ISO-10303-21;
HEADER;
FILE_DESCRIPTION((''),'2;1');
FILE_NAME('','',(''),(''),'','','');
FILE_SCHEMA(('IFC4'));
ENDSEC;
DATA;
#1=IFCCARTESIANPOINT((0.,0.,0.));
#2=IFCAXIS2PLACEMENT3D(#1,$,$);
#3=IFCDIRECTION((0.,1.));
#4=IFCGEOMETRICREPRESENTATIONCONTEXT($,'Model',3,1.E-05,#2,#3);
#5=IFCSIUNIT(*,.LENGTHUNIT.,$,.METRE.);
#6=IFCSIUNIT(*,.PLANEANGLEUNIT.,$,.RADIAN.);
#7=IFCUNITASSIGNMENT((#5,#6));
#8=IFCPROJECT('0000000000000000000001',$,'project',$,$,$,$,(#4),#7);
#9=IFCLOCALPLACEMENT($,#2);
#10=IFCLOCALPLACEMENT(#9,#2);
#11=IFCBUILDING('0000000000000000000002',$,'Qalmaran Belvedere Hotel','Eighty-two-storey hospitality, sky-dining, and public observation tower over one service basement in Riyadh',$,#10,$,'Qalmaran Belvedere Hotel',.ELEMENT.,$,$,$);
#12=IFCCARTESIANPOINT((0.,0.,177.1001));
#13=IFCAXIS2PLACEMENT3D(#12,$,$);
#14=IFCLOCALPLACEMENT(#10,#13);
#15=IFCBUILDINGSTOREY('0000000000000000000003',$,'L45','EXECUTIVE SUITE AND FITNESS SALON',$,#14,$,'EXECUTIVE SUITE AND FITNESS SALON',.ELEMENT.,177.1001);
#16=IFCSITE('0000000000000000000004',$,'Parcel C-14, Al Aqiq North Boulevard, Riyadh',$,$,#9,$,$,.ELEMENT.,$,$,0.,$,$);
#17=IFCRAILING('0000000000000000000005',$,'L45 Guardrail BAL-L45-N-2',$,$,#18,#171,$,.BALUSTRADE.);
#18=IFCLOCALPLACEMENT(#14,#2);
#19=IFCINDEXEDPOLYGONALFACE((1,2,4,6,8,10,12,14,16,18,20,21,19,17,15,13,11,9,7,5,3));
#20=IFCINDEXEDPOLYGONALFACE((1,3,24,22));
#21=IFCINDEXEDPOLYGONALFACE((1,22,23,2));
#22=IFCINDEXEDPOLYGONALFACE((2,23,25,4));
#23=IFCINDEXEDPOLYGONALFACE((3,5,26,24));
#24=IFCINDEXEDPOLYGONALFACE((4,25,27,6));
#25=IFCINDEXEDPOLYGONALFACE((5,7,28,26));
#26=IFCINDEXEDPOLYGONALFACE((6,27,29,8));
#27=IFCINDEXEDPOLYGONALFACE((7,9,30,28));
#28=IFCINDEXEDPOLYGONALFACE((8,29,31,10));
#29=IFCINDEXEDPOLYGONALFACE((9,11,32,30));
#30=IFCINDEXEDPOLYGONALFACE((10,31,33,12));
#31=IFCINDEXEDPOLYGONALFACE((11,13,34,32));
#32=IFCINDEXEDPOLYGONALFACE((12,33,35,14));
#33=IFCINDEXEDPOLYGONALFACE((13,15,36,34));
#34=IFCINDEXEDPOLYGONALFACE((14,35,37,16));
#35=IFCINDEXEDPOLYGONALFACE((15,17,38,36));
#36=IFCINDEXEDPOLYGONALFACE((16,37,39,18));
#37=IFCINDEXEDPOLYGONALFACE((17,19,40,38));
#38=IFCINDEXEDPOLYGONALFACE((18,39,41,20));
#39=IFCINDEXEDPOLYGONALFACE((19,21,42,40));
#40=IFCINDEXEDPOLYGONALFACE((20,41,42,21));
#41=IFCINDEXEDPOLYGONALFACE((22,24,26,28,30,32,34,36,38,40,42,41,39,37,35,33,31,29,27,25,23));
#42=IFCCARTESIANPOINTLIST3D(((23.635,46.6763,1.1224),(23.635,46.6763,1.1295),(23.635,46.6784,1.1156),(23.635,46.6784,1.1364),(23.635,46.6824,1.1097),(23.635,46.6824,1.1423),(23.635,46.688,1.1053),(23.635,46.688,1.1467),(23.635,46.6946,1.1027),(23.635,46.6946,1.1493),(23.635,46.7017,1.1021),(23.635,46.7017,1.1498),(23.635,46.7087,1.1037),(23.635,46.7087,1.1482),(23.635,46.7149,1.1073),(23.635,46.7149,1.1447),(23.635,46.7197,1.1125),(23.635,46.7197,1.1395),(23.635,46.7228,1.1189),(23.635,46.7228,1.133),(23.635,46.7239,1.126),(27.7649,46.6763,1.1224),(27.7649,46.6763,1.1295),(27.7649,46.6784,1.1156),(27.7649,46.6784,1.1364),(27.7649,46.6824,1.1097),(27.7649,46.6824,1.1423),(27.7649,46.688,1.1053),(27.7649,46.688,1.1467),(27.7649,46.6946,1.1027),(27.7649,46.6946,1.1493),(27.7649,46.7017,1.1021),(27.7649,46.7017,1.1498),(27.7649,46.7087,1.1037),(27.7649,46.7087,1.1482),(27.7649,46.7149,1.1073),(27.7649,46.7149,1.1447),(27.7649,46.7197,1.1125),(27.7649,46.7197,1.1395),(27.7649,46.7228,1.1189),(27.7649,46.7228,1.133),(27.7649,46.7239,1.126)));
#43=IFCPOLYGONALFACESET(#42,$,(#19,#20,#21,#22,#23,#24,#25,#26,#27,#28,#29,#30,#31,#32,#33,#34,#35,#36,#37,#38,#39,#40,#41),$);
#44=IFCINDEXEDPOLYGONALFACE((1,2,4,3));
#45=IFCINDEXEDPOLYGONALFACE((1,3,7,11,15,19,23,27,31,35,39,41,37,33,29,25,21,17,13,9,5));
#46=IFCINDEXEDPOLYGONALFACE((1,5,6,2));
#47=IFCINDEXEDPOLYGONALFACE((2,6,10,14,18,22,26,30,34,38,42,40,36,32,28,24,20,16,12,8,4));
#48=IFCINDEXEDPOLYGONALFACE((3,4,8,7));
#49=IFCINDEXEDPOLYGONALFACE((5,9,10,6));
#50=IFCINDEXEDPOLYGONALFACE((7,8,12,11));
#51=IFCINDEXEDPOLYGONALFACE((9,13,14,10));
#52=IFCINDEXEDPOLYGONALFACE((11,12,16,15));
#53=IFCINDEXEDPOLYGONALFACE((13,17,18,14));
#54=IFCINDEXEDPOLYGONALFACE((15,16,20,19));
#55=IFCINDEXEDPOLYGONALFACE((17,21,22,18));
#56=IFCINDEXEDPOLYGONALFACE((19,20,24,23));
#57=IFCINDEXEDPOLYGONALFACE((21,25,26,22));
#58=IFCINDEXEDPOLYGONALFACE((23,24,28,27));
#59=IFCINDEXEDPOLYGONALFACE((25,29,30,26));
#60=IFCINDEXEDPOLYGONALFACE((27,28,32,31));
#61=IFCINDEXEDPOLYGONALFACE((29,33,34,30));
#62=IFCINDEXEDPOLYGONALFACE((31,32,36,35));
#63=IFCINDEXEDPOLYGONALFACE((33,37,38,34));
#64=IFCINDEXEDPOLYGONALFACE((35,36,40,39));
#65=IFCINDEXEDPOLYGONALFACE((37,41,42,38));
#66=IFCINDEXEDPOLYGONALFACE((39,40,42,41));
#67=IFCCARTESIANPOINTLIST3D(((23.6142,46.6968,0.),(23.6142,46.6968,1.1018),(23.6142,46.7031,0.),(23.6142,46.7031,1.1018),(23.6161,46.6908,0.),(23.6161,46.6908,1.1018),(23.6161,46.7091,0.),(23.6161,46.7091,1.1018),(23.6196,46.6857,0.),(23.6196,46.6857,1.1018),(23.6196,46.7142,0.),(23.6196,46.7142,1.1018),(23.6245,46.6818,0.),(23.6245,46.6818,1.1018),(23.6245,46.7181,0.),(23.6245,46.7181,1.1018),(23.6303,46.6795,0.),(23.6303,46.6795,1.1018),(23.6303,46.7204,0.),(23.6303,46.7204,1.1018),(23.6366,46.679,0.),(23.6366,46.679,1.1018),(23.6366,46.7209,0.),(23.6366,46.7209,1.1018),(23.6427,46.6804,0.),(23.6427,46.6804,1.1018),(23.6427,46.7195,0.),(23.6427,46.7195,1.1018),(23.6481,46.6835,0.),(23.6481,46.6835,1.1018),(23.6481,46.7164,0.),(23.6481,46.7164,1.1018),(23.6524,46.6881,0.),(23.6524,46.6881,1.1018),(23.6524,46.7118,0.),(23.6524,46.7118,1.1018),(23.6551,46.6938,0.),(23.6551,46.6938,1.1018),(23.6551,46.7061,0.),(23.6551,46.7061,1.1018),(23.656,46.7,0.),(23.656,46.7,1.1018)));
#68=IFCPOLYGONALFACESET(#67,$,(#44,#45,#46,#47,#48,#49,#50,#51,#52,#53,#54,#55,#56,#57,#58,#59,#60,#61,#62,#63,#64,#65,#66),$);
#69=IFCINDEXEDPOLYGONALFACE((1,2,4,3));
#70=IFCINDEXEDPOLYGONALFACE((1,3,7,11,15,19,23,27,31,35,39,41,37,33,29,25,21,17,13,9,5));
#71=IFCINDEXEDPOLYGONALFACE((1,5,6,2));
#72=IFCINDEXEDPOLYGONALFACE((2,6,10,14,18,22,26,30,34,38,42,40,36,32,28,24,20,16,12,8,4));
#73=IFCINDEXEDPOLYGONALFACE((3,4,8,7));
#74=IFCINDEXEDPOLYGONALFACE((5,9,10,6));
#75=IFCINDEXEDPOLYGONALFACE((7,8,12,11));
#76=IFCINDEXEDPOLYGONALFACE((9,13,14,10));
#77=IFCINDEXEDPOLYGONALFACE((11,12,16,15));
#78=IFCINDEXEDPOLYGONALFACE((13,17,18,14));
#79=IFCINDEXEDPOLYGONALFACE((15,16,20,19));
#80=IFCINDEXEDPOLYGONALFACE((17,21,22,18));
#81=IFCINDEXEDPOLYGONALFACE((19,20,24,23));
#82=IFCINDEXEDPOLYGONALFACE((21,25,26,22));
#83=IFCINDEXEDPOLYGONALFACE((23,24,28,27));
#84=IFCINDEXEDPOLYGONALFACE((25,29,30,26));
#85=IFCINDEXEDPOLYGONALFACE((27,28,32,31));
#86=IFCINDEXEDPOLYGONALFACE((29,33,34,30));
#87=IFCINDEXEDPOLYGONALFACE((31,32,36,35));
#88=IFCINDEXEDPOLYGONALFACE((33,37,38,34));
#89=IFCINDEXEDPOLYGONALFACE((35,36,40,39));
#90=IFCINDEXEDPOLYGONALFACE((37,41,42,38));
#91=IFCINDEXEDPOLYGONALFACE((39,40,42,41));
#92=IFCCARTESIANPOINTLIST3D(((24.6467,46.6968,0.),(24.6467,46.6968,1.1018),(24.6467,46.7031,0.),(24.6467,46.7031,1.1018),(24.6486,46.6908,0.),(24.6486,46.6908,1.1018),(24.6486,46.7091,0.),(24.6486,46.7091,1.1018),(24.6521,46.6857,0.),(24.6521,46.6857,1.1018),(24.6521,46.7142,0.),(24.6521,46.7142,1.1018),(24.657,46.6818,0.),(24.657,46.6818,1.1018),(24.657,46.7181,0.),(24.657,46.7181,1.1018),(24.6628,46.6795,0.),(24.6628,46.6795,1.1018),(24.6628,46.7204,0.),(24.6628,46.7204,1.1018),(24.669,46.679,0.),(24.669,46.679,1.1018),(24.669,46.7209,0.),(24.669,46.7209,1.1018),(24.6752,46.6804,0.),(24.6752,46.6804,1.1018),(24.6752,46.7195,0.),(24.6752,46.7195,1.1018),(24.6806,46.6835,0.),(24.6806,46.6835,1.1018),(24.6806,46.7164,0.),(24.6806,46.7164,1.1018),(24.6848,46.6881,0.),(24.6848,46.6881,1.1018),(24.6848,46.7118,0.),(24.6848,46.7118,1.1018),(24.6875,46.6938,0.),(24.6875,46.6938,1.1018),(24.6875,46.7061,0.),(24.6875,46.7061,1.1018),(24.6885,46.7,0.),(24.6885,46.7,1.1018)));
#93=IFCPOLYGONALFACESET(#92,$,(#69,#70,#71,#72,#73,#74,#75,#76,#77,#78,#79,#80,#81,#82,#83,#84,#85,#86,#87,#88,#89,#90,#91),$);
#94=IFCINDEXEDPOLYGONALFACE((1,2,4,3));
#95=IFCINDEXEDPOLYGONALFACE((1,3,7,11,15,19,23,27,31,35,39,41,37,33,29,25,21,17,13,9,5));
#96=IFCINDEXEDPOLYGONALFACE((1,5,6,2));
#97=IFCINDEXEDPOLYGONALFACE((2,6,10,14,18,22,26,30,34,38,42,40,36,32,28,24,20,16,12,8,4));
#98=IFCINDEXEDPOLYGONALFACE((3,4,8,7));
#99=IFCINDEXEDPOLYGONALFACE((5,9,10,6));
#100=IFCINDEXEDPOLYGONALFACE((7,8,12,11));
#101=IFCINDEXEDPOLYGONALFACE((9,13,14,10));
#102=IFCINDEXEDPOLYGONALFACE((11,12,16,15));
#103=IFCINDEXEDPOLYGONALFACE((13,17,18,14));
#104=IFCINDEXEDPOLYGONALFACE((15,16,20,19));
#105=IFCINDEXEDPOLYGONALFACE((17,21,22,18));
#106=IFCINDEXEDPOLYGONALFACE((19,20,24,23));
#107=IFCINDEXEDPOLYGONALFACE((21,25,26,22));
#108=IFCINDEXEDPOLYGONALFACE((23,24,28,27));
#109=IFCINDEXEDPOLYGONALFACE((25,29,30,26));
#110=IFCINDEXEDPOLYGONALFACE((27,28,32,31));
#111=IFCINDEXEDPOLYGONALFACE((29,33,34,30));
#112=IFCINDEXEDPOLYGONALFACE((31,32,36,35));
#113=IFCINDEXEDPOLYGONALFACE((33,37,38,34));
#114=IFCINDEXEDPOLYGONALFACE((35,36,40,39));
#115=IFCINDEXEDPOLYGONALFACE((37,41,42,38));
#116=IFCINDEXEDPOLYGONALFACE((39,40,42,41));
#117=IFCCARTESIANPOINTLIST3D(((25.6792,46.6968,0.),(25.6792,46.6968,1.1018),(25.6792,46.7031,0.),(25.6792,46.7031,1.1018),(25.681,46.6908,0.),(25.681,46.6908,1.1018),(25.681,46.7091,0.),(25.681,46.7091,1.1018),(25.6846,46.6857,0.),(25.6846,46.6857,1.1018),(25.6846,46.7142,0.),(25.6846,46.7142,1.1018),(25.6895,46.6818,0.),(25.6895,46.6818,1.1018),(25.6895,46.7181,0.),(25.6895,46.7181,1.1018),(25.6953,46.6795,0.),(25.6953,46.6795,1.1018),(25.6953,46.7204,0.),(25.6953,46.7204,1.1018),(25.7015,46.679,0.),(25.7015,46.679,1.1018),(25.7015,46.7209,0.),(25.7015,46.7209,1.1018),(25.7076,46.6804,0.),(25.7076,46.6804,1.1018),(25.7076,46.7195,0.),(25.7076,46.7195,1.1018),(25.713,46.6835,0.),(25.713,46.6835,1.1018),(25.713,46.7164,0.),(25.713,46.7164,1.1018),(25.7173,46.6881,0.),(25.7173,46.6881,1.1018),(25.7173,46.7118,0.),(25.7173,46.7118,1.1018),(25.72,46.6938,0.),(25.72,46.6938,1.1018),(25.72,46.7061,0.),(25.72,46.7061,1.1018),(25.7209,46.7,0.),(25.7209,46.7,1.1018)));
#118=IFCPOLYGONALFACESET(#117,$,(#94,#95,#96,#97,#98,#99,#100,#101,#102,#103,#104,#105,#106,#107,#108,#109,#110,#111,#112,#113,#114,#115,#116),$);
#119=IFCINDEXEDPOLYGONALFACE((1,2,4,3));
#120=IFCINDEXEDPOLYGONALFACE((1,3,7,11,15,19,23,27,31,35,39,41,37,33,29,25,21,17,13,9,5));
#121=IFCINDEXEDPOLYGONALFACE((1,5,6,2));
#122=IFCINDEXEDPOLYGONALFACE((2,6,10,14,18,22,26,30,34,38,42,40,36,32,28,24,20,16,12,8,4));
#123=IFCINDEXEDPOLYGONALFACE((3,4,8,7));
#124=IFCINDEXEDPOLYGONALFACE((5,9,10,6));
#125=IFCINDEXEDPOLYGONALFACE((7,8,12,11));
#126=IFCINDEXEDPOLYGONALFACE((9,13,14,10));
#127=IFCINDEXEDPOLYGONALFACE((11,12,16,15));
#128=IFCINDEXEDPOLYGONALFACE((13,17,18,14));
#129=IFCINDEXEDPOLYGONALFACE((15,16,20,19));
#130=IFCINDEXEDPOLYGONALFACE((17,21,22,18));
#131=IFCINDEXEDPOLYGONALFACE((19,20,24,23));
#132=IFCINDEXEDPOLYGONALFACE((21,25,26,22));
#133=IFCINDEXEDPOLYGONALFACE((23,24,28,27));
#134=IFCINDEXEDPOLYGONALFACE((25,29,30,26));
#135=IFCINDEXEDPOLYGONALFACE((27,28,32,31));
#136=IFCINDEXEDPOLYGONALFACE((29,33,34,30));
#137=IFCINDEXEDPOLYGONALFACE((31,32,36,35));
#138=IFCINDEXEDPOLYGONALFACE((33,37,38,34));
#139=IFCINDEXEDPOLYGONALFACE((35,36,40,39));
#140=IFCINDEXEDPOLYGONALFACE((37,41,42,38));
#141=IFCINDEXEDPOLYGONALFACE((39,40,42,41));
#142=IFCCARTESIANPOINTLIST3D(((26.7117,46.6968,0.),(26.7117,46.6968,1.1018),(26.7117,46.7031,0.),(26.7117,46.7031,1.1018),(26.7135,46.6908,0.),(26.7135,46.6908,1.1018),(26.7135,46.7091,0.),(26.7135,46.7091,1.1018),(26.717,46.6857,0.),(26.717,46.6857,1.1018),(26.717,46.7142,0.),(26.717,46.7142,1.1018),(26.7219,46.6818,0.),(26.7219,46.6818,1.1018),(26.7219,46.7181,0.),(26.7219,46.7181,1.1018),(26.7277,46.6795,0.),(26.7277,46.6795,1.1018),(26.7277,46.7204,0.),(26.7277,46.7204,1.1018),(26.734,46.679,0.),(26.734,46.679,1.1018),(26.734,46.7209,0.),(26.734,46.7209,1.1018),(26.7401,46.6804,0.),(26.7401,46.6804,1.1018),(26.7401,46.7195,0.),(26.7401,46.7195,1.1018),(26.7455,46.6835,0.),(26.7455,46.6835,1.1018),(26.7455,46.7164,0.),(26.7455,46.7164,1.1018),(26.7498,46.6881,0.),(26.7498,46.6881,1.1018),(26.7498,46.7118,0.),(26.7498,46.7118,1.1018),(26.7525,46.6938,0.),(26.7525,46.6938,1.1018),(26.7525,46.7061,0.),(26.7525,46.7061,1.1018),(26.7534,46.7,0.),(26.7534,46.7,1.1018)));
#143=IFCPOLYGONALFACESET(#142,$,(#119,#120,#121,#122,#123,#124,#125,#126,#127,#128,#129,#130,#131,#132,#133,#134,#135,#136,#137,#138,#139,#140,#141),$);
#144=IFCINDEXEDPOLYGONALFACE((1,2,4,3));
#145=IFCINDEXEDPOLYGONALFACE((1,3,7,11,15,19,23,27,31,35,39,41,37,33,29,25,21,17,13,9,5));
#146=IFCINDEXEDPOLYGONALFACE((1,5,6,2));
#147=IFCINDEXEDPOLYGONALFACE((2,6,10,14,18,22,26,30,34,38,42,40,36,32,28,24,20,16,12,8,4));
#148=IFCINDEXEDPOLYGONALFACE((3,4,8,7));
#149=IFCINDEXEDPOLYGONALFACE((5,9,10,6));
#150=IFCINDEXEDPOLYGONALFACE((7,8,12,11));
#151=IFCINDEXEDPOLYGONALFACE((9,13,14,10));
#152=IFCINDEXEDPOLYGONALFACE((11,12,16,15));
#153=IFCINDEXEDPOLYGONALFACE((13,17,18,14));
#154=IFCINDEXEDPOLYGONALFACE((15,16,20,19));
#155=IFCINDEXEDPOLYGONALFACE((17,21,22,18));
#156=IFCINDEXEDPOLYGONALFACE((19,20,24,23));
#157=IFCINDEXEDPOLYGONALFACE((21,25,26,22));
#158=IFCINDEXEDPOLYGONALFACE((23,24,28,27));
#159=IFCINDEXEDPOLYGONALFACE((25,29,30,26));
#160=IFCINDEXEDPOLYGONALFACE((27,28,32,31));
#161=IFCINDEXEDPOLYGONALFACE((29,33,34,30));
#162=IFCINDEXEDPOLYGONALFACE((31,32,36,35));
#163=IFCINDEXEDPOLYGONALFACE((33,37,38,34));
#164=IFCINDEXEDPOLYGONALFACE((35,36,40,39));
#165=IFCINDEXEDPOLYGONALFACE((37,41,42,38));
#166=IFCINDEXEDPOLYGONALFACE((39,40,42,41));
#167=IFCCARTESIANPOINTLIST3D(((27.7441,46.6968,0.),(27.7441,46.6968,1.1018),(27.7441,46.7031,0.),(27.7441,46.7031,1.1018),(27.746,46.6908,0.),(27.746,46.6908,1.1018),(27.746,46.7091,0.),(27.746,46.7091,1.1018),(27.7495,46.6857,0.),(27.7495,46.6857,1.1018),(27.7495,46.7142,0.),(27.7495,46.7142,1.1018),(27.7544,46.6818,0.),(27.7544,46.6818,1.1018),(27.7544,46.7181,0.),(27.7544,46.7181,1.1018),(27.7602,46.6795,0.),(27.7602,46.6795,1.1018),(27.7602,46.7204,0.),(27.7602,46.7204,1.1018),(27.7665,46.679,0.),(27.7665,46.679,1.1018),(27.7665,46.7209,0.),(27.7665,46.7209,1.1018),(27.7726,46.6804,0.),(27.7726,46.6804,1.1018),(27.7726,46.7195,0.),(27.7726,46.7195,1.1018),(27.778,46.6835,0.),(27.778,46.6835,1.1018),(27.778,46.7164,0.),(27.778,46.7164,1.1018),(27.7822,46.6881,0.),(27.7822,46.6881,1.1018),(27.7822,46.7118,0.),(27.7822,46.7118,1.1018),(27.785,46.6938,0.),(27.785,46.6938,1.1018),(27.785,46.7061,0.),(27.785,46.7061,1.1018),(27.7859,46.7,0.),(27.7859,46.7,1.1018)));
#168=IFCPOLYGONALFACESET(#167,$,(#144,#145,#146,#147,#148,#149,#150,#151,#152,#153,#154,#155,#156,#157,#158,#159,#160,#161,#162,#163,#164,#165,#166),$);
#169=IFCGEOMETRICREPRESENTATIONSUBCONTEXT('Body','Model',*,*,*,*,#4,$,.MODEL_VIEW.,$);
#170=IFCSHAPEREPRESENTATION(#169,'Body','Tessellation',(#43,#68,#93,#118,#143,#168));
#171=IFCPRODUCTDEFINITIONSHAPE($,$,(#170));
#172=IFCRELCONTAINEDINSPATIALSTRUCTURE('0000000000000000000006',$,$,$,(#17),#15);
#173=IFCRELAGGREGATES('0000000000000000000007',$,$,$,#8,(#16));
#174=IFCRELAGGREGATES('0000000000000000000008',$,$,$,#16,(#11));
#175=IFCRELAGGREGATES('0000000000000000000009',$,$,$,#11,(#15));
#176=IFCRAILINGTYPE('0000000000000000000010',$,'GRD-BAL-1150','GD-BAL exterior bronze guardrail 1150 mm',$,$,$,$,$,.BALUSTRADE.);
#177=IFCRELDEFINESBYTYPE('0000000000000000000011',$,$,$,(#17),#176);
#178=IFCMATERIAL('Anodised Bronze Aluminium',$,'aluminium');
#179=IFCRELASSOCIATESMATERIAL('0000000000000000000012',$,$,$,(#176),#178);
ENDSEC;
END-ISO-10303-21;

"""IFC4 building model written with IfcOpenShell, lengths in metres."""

from ifc_helpers import new_model, si_unit, direction, frame, origin, origin_2d, place, context, subcontext, project, spatial, circle, extrude, material, type_object, element, save


model = new_model("IFC4")

# Units and contexts
model_context = context("Model", 3, precision=1e-05, world=origin(), true_north=direction((0.0, 1.0)))
body_context = subcontext(model_context, "Body", "Model", "MODEL_VIEW")
ifc_project = project(units=[si_unit("LENGTHUNIT", "METRE"), si_unit("PLANEANGLEUNIT", "RADIAN")], contexts=[model_context])

# Site, building, storey
site_placement = place(None, origin())
site = spatial("IfcSite", under=ifc_project, at=site_placement, Name="Parcel C-14, Al Aqiq North Boulevard, Riyadh", CompositionType="ELEMENT", RefElevation=0.0)
building_placement = place(site_placement, origin())
building = spatial("IfcBuilding", under=site, at=building_placement, Name="Qalmaran Belvedere Hotel", Description="Eighty-two-storey hospitality, sky-dining, and public observation tower over one service basement in Riyadh", LongName="Qalmaran Belvedere Hotel", CompositionType="ELEMENT")
storey_placement = place(building_placement, frame((0.0, 0.0, 177.1001)))
storey = spatial("IfcBuildingStorey", under=building, at=storey_placement, Name="L45", Description="EXECUTIVE SUITE AND FITNESS SALON", LongName="EXECUTIVE SUITE AND FITNESS SALON", CompositionType="ELEMENT", Elevation=177.1001)

# Shared definitions
ifc_material_1 = material(Name="Anodised Bronze Aluminium", Category="aluminium")

# Railing
railing_type = type_object("IfcRailingType", Name="GRD-BAL-1150", Description="GD-BAL exterior bronze guardrail 1150 mm", PredefinedType="BALUSTRADE", material=ifc_material_1)
railing_1_placement = place(storey_placement, frame((23.635, 46.7, 0.0)))
element("IfcRailing", 1, at=railing_1_placement, inside=storey, type_object=railing_type, Name="L45 Guardrail BAL-L45-N-2", PredefinedType="BALUSTRADE", context=body_context, shape_type="SweptSolid", body=[
    extrude(circle(Radius=0.0239, at=origin_2d()), frame((0.0, 0.0, 1.126), z_axis=(1.0, 0.0, 0.0), x_axis=(0.0, 1.0, 0.0)), (0.0, 0.0, 1.0), 4.1299),
    extrude(circle(Radius=0.021, at=origin_2d()), origin(), (0.0, 0.0, 1.0), 1.1018),
    extrude(circle(Radius=0.021, at=origin_2d()), frame((1.0325, 0.0, 0.0)), (0.0, 0.0, 1.0), 1.1018),
    extrude(circle(Radius=0.021, at=origin_2d()), frame((2.0649, 0.0, 0.0)), (0.0, 0.0, 1.0), 1.1018),
    extrude(circle(Radius=0.021, at=origin_2d()), frame((3.0974, 0.0, 0.0)), (0.0, 0.0, 1.0), 1.1018),
    extrude(circle(Radius=0.021, at=origin_2d()), frame((4.1299, 0.0, 0.0)), (0.0, 0.0, 1.0), 1.1018),
])

save(model, "model.ifc")
